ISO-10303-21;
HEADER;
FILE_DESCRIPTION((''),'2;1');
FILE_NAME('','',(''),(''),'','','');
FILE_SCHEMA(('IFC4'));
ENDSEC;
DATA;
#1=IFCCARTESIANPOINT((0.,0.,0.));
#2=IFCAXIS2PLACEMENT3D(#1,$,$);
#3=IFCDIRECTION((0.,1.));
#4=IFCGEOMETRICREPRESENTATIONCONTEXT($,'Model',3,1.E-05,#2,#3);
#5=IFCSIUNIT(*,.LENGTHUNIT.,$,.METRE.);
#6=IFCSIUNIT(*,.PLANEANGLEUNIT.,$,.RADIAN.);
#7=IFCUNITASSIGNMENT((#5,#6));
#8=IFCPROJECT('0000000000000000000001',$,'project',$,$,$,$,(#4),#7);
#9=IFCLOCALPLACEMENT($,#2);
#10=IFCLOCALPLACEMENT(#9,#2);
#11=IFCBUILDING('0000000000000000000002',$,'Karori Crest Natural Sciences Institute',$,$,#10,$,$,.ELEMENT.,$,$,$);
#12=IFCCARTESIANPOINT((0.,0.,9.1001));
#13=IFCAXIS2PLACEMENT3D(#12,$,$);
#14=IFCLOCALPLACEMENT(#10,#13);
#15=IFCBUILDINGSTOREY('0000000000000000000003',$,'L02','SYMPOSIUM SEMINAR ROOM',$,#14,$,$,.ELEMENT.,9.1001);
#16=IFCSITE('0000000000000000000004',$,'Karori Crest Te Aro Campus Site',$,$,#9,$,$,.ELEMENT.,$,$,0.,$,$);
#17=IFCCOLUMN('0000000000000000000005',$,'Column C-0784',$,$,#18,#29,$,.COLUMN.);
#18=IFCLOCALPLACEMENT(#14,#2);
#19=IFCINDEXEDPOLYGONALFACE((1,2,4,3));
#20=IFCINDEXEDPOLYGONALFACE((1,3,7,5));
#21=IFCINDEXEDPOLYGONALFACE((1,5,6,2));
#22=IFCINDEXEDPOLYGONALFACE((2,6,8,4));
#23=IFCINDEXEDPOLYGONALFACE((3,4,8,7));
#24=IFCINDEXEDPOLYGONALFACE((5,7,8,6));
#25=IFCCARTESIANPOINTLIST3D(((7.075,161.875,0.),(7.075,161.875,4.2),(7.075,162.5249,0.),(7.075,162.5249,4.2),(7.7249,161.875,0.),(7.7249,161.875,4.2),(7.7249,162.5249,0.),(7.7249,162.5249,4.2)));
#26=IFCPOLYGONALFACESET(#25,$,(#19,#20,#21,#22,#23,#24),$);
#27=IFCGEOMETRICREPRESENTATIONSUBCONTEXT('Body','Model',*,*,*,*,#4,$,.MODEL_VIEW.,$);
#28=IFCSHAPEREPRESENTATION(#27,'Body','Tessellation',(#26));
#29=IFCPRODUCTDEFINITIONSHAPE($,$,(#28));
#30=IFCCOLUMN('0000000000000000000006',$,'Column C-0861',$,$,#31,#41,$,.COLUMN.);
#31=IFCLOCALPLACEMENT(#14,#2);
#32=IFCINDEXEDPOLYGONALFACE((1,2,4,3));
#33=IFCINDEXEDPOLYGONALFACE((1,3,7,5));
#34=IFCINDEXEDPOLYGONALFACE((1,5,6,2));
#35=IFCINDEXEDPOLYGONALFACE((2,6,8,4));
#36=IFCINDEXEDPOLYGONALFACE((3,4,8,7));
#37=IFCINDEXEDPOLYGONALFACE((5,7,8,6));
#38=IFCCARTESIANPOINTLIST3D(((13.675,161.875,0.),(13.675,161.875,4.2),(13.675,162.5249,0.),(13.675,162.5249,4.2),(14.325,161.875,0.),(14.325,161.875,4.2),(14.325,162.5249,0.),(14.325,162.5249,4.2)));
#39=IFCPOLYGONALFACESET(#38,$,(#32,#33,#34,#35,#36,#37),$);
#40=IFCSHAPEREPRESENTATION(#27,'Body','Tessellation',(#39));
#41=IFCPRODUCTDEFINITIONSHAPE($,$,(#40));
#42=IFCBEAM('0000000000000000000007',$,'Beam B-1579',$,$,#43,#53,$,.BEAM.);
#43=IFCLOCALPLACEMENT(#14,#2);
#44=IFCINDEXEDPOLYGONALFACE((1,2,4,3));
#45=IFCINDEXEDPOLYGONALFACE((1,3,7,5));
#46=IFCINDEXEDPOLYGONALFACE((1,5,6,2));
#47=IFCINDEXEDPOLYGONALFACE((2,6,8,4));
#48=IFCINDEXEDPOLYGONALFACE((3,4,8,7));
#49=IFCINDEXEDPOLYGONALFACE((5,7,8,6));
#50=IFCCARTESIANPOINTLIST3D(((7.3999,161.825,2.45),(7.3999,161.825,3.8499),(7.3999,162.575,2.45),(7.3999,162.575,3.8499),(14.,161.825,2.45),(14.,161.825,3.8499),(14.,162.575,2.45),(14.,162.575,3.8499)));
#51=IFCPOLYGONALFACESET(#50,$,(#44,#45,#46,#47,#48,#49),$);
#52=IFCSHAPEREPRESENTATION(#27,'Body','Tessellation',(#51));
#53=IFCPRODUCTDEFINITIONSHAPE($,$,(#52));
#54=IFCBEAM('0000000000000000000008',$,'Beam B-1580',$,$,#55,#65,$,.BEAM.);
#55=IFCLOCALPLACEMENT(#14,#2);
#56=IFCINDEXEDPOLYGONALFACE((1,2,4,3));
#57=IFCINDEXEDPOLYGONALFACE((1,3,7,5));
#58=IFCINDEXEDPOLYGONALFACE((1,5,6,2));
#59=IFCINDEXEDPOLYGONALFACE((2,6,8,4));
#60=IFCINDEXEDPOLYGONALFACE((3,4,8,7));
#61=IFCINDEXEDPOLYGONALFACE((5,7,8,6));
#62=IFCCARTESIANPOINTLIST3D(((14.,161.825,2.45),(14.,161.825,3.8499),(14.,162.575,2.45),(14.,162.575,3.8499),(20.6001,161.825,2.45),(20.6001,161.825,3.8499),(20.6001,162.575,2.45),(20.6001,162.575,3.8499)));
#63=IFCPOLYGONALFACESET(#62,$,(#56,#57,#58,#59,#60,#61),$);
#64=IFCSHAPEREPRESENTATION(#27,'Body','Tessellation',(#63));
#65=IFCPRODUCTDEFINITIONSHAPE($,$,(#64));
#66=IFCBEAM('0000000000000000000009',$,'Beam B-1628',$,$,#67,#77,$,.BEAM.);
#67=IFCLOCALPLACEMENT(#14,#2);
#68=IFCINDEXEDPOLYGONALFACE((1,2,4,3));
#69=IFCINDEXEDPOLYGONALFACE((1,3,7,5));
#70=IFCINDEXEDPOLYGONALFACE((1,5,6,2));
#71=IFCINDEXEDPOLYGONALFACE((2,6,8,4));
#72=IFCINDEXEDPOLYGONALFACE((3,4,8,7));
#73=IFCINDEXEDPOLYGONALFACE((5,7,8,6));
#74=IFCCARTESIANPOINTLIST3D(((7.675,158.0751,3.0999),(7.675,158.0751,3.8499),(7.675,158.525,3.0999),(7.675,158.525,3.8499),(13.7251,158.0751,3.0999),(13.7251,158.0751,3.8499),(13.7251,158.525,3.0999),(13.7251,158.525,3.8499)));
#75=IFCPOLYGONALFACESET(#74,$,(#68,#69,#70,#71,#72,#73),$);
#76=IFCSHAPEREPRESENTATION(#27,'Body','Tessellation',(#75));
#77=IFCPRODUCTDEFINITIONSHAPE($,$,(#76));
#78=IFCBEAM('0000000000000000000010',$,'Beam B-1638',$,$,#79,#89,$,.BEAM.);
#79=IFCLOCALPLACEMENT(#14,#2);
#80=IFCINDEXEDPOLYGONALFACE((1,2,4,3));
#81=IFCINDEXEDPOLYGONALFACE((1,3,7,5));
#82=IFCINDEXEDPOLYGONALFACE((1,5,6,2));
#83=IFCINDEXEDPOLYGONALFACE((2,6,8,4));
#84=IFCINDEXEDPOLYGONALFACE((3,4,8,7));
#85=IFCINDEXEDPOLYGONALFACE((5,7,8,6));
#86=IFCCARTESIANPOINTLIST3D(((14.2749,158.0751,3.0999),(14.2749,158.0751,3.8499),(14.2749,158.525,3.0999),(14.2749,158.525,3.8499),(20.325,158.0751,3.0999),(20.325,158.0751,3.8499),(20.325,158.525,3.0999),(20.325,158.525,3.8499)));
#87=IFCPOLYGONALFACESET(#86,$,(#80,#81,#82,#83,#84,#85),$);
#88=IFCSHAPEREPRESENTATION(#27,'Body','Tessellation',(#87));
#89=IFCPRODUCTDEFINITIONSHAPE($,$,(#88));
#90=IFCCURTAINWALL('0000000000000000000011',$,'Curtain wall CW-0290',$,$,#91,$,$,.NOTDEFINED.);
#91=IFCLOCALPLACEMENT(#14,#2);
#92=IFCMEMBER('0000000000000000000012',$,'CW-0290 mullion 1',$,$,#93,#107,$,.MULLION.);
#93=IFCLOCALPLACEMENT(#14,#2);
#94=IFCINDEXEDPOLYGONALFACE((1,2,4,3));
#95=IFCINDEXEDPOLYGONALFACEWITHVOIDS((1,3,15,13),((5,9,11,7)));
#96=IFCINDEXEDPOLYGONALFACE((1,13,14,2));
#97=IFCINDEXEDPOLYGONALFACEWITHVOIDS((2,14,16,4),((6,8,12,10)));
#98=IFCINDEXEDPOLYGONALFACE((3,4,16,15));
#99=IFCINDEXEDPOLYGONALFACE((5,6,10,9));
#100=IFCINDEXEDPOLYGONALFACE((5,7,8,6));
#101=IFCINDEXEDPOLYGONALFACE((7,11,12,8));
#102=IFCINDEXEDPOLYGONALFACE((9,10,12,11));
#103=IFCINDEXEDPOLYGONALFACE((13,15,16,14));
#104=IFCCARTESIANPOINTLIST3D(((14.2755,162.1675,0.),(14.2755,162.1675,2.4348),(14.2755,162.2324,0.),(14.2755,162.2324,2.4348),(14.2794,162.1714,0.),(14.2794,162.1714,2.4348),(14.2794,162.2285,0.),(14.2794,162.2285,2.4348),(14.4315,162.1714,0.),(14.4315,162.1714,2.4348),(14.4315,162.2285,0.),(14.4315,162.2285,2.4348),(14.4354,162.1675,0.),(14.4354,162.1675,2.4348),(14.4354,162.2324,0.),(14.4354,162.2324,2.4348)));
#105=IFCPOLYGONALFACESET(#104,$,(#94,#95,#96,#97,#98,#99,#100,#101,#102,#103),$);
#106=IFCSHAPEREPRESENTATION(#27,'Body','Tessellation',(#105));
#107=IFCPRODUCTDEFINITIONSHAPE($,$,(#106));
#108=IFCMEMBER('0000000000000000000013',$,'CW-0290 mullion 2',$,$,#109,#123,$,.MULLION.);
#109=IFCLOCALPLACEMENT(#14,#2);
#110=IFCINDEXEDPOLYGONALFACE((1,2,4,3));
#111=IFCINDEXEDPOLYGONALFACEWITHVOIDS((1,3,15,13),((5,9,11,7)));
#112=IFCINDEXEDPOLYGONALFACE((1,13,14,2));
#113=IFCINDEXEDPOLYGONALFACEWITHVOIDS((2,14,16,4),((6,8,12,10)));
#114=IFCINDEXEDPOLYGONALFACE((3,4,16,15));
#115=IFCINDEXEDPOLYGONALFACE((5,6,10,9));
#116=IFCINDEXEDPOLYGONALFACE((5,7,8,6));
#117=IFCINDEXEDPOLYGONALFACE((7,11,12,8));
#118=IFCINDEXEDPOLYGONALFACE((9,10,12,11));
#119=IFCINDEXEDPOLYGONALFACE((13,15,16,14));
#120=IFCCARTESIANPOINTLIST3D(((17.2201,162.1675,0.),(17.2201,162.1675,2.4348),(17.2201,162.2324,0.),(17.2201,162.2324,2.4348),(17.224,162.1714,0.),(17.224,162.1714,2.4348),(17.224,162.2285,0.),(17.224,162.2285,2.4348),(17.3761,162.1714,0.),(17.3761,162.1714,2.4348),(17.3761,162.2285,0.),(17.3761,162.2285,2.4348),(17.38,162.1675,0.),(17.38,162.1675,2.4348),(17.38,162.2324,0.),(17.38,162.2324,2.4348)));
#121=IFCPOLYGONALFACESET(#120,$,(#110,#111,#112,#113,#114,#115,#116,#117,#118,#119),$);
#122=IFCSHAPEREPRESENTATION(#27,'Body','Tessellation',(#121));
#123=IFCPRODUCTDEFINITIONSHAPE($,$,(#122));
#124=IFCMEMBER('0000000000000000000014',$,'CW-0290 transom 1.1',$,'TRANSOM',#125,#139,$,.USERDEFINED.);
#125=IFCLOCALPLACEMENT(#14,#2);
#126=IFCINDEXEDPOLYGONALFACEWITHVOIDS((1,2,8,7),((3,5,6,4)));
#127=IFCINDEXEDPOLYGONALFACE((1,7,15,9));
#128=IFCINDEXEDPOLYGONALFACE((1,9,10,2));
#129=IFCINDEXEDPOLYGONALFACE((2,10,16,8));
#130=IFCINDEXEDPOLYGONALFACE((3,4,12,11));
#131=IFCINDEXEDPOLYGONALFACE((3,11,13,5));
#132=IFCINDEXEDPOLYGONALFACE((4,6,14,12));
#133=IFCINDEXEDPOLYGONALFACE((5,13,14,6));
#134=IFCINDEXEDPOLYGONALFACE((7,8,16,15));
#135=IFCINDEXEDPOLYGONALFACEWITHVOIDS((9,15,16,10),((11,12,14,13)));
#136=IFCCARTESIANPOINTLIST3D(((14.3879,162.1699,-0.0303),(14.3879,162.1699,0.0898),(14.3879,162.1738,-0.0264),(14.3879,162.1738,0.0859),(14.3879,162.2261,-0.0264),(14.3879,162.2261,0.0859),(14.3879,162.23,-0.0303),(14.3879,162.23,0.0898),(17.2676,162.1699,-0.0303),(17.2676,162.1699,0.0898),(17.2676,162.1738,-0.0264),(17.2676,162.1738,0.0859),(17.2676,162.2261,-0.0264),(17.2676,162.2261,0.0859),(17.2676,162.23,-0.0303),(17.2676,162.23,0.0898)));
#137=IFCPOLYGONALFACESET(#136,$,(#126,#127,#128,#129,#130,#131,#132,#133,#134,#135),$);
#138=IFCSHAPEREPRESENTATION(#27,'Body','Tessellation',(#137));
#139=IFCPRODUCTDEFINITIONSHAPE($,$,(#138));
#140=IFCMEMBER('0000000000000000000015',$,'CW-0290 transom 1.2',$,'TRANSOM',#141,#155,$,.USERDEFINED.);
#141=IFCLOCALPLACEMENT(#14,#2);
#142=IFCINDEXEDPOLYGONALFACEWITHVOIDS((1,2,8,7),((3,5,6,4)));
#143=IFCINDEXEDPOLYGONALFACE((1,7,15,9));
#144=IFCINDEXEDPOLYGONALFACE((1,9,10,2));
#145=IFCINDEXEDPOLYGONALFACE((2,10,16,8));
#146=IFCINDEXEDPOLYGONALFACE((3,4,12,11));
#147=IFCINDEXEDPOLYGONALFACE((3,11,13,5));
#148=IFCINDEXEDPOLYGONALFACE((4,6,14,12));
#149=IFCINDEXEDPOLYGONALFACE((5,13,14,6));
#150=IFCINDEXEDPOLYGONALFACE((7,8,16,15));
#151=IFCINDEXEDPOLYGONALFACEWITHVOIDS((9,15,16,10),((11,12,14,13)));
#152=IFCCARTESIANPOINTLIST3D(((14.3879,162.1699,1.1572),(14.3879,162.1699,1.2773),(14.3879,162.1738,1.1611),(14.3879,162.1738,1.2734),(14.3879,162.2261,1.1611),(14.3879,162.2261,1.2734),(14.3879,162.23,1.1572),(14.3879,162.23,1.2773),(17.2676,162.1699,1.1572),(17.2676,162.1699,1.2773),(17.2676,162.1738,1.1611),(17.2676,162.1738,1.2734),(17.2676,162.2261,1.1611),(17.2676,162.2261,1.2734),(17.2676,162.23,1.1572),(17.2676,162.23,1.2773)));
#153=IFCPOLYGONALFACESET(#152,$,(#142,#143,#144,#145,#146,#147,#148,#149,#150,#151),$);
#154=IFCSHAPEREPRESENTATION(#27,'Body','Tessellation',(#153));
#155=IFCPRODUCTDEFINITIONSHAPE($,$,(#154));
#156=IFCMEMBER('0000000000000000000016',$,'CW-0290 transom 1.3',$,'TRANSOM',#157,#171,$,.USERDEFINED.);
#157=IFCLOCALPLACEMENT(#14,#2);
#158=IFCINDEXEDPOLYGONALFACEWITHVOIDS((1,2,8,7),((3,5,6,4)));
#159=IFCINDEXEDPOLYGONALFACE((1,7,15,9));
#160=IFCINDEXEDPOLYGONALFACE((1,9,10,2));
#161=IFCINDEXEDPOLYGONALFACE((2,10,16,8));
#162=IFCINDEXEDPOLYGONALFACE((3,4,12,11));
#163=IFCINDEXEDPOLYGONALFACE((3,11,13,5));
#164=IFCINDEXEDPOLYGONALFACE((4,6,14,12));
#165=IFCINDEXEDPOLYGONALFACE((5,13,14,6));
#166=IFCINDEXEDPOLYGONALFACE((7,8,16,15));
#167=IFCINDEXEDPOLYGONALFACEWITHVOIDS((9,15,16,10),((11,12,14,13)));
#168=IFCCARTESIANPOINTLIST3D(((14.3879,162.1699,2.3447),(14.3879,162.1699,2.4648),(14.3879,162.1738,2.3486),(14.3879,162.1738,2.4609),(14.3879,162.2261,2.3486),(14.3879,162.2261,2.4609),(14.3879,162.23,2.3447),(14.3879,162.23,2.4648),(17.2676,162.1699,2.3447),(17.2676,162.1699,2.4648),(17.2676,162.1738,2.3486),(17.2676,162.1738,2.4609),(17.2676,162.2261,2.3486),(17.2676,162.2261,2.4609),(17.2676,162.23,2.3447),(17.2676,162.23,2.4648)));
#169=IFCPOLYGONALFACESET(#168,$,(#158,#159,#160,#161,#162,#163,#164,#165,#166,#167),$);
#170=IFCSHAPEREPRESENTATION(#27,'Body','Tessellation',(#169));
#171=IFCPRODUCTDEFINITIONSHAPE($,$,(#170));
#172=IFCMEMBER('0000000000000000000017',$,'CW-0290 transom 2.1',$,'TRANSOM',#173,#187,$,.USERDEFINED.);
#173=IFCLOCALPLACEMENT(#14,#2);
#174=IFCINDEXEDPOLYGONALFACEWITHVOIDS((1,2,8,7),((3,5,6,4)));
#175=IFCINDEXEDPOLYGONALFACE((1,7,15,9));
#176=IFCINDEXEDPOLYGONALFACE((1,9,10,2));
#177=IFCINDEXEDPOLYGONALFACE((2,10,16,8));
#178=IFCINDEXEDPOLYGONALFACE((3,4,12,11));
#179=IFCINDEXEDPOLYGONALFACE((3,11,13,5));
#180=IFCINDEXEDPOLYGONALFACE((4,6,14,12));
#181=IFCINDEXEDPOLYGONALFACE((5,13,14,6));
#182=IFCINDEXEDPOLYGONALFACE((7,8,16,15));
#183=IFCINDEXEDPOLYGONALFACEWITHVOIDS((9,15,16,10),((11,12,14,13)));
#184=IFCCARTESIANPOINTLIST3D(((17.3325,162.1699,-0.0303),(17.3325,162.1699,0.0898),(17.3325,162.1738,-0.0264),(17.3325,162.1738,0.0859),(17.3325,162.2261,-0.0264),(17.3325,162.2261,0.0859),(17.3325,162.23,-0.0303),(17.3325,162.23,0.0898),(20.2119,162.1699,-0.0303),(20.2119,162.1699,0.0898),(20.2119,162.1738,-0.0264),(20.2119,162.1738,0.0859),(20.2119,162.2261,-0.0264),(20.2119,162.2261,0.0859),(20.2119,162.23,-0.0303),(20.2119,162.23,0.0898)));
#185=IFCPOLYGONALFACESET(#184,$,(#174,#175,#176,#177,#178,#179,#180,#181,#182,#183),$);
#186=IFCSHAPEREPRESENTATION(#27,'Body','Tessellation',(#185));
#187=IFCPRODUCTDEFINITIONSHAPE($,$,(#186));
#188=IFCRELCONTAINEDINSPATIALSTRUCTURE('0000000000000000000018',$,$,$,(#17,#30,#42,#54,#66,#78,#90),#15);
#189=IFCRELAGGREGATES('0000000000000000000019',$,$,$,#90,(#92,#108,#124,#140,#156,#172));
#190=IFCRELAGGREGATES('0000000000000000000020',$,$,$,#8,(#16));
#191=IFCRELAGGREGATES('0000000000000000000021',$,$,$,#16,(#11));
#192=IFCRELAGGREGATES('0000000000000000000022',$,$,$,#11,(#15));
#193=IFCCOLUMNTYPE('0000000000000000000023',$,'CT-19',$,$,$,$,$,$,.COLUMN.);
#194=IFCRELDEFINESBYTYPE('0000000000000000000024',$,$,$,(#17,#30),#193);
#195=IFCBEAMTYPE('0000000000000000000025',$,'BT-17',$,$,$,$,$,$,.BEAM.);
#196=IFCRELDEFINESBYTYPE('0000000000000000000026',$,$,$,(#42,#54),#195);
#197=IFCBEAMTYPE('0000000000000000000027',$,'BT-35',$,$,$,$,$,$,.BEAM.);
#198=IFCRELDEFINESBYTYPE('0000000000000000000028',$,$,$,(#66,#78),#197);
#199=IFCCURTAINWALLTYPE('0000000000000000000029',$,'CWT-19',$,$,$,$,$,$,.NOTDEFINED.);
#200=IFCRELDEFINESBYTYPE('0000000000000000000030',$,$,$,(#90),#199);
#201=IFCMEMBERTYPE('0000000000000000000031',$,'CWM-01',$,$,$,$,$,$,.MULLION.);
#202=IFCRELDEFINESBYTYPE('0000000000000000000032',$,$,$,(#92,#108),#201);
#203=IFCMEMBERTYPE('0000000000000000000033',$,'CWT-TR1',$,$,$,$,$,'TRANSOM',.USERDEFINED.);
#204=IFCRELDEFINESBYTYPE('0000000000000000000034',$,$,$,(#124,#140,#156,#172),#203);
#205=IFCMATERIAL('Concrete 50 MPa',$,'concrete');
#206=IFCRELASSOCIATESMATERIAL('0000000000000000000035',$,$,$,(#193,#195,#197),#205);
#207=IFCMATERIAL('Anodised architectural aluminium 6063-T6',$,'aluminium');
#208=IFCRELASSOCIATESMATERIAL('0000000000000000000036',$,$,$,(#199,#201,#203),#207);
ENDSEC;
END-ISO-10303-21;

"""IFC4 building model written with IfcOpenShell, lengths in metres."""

from ifc_helpers import new_model, si_unit, direction, frame, origin, origin_2d, place, context, subcontext, project, spatial, rectangle, hollow_rectangle, extrude, material, material_profile, profile_set, type_object, element, aggregate, save


model = new_model("IFC4")

# Units and contexts
model_context = context("Model", 3, precision=1e-05, world=origin(), true_north=direction((0.0, 1.0)))
body_context = subcontext(model_context, "Body", "Model", "MODEL_VIEW")
ifc_project = project(units=[si_unit("LENGTHUNIT", "METRE"), si_unit("PLANEANGLEUNIT", "RADIAN")], contexts=[model_context])

# Site, building, storey
site_placement = place(None, origin())
site = spatial("IfcSite", under=ifc_project, at=site_placement, Name="Karori Crest Te Aro Campus Site", CompositionType="ELEMENT", RefElevation=0.0)
building_placement = place(site_placement, origin())
building = spatial("IfcBuilding", under=site, at=building_placement, Name="Karori Crest Natural Sciences Institute", CompositionType="ELEMENT")
storey_placement = place(building_placement, frame((0.0, 0.0, 9.1001)))
storey = spatial("IfcBuildingStorey", under=building, at=storey_placement, Name="L02", Description="SYMPOSIUM SEMINAR ROOM", CompositionType="ELEMENT", Elevation=9.1001)

# Columns
ifc_material_1 = material(Name="Concrete 50 MPa", Category="concrete")
ifc_material_profile_1 = material_profile(ifc_material_1, rectangle(XDim=0.6499, YDim=0.6499, at=origin_2d()), Name="RC650x650")
ifc_profile_set_1 = profile_set([ifc_material_profile_1], Name="Concrete 50 MPa")
column_type = type_object("IfcColumnType", Name="CT-19", PredefinedType="COLUMN", material=ifc_profile_set_1)
for number, where, z_axis, x_axis, name in (
    (1, (7.3999, 162.2, 0.0), (0.0, 0.0, 1.0), (1.0, 0.0, 0.0), "Column C-0784"),
    (2, (14.0, 162.2, 0.0), (0.0, 0.0, 1.0), (1.0, 0.0, 0.0), "Column C-0861"),
):
    element("IfcColumn", number, at=place(storey_placement, frame(where, z_axis=z_axis, x_axis=x_axis)), inside=storey, type_object=column_type, Name=name, PredefinedType="COLUMN", context=body_context, shape_type="SweptSolid", body=[
        extrude(rectangle(XDim=0.6499, YDim=0.6499, at=origin_2d()), origin(), (0.0, 0.0, 1.0), 4.2),
    ])

# Beams
ifc_material_profile_2 = material_profile(ifc_material_1, rectangle(XDim=0.75, YDim=1.3999, at=origin_2d()), Name="RCB750x1400")
ifc_profile_set_2 = profile_set([ifc_material_profile_2], Name="Concrete 50 MPa")
beam_type_1 = type_object("IfcBeamType", Name="BT-17", PredefinedType="BEAM", material=ifc_profile_set_2)
for number, where, z_axis, x_axis, name in (
    (3, (7.3999, 162.2, 3.1499), (1.0, 0.0, 0.0), (0.0, 1.0, 0.0), "Beam B-1579"),
    (4, (14.0, 162.2, 3.1499), (1.0, 0.0, 0.0), (0.0, 1.0, 0.0), "Beam B-1580"),
):
    element("IfcBeam", number, at=place(storey_placement, frame(where, z_axis=z_axis, x_axis=x_axis)), inside=storey, type_object=beam_type_1, Name=name, PredefinedType="BEAM", context=body_context, shape_type="SweptSolid", body=[
        extrude(rectangle(XDim=0.75, YDim=1.3999, at=origin_2d()), origin(), (0.0, 0.0, 1.0), 6.6001),
    ])
ifc_material_profile_3 = material_profile(ifc_material_1, rectangle(XDim=0.45, YDim=0.75, at=origin_2d()), Name="RCB450x750")
ifc_profile_set_3 = profile_set([ifc_material_profile_3], Name="Concrete 50 MPa")
beam_type_2 = type_object("IfcBeamType", Name="BT-35", PredefinedType="BEAM", material=ifc_profile_set_3)
for number, where, z_axis, x_axis, name in (
    (5, (7.675, 158.3, 3.4749), (1.0, 0.0, 0.0), (0.0, 1.0, 0.0), "Beam B-1628"),
    (6, (14.2749, 158.3, 3.4749), (1.0, 0.0, 0.0), (0.0, 1.0, 0.0), "Beam B-1638"),
):
    element("IfcBeam", number, at=place(storey_placement, frame(where, z_axis=z_axis, x_axis=x_axis)), inside=storey, type_object=beam_type_2, Name=name, PredefinedType="BEAM", context=body_context, shape_type="SweptSolid", body=[
        extrude(rectangle(XDim=0.45, YDim=0.75, at=origin_2d()), origin(), (0.0, 0.0, 1.0), 6.05),
    ])

# Curtain wall, members
ifc_material_2 = material(Name="Anodised architectural aluminium 6063-T6", Category="aluminium")
curtain_wall_type = type_object("IfcCurtainWallType", Name="CWT-19", PredefinedType="NOTDEFINED", material=ifc_material_2)
curtain_wall_placement = place(storey_placement, origin())
curtain_wall = element("IfcCurtainWall", 7, at=curtain_wall_placement, inside=storey, type_object=curtain_wall_type, Name="Curtain wall CW-0290", PredefinedType="NOTDEFINED")
ifc_material_profile_4 = material_profile(ifc_material_2, hollow_rectangle(XDim=0.0649, YDim=0.1599, WallThickness=0.0039, at=origin_2d()), Name="CWM160x65x4")
ifc_profile_set_4 = profile_set([ifc_material_profile_4], Name="Anodised architectural aluminium 6063-T6")
member_type_1 = type_object("IfcMemberType", Name="CWM-01", PredefinedType="MULLION", material=ifc_profile_set_4)
member_1_placement = place(storey_placement, frame((14.3555, 162.2, 0.0), z_axis=(0.0, 0.0, 1.0), x_axis=(0.0, 1.0, 0.0)))
member_1 = element("IfcMember", 8, at=member_1_placement, type_object=member_type_1, Name="CW-0290 mullion 1", PredefinedType="MULLION", context=body_context, shape_type="SweptSolid", body=[
    extrude(hollow_rectangle(XDim=0.0649, YDim=0.1599, WallThickness=0.0039, at=origin_2d()), origin(), (0.0, 0.0, 1.0), 2.4348),
])
member_2_placement = place(storey_placement, frame((17.3, 162.2, 0.0), z_axis=(0.0, 0.0, 1.0), x_axis=(0.0, 1.0, 0.0)))
member_2 = element("IfcMember", 9, at=member_2_placement, type_object=member_type_1, Name="CW-0290 mullion 2", PredefinedType="MULLION", context=body_context, shape_type="SweptSolid", body=[
    extrude(hollow_rectangle(XDim=0.0649, YDim=0.1599, WallThickness=0.0039, at=origin_2d()), origin(), (0.0, 0.0, 1.0), 2.4348),
])
ifc_material_profile_5 = material_profile(ifc_material_2, hollow_rectangle(XDim=0.0601, YDim=0.1201, WallThickness=0.0039, at=origin_2d()), Name="CWT120x60x4")
ifc_profile_set_5 = profile_set([ifc_material_profile_5], Name="Anodised architectural aluminium 6063-T6")
member_type_2 = type_object("IfcMemberType", Name="CWT-TR1", ElementType="TRANSOM", PredefinedType="USERDEFINED", material=ifc_profile_set_5)
member_3_placement = place(storey_placement, frame((14.3879, 162.2, 0.0298), z_axis=(1.0, 0.0, 0.0), x_axis=(0.0, 1.0, 0.0)))
member_3 = element("IfcMember", 10, at=member_3_placement, type_object=member_type_2, Name="CW-0290 transom 1.1", ObjectType="TRANSOM", PredefinedType="USERDEFINED", context=body_context, shape_type="SweptSolid", body=[
    extrude(hollow_rectangle(XDim=0.0601, YDim=0.1201, WallThickness=0.0039, at=origin_2d()), origin(), (0.0, 0.0, 1.0), 2.8796),
])
member_4_placement = place(storey_placement, frame((14.3879, 162.2, 1.2173), z_axis=(1.0, 0.0, 0.0), x_axis=(0.0, 1.0, 0.0)))
member_4 = element("IfcMember", 11, at=member_4_placement, type_object=member_type_2, Name="CW-0290 transom 1.2", ObjectType="TRANSOM", PredefinedType="USERDEFINED", context=body_context, shape_type="SweptSolid", body=[
    extrude(hollow_rectangle(XDim=0.0601, YDim=0.1201, WallThickness=0.0039, at=origin_2d()), origin(), (0.0, 0.0, 1.0), 2.8796),
])
member_5_placement = place(storey_placement, frame((14.3879, 162.2, 2.4048), z_axis=(1.0, 0.0, 0.0), x_axis=(0.0, 1.0, 0.0)))
member_5 = element("IfcMember", 12, at=member_5_placement, type_object=member_type_2, Name="CW-0290 transom 1.3", ObjectType="TRANSOM", PredefinedType="USERDEFINED", context=body_context, shape_type="SweptSolid", body=[
    extrude(hollow_rectangle(XDim=0.0601, YDim=0.1201, WallThickness=0.0039, at=origin_2d()), origin(), (0.0, 0.0, 1.0), 2.8796),
])
member_6_placement = place(storey_placement, frame((17.3325, 162.2, 0.0298), z_axis=(1.0, 0.0, 0.0), x_axis=(0.0, 1.0, 0.0)))
member_6 = element("IfcMember", 13, at=member_6_placement, type_object=member_type_2, Name="CW-0290 transom 2.1", ObjectType="TRANSOM", PredefinedType="USERDEFINED", context=body_context, shape_type="SweptSolid", body=[
    extrude(hollow_rectangle(XDim=0.0601, YDim=0.1201, WallThickness=0.0039, at=origin_2d()), origin(), (0.0, 0.0, 1.0), 2.8794),
])
aggregate(curtain_wall, [member_1, member_2, member_3, member_4, member_5, member_6])

save(model, "model.ifc")
